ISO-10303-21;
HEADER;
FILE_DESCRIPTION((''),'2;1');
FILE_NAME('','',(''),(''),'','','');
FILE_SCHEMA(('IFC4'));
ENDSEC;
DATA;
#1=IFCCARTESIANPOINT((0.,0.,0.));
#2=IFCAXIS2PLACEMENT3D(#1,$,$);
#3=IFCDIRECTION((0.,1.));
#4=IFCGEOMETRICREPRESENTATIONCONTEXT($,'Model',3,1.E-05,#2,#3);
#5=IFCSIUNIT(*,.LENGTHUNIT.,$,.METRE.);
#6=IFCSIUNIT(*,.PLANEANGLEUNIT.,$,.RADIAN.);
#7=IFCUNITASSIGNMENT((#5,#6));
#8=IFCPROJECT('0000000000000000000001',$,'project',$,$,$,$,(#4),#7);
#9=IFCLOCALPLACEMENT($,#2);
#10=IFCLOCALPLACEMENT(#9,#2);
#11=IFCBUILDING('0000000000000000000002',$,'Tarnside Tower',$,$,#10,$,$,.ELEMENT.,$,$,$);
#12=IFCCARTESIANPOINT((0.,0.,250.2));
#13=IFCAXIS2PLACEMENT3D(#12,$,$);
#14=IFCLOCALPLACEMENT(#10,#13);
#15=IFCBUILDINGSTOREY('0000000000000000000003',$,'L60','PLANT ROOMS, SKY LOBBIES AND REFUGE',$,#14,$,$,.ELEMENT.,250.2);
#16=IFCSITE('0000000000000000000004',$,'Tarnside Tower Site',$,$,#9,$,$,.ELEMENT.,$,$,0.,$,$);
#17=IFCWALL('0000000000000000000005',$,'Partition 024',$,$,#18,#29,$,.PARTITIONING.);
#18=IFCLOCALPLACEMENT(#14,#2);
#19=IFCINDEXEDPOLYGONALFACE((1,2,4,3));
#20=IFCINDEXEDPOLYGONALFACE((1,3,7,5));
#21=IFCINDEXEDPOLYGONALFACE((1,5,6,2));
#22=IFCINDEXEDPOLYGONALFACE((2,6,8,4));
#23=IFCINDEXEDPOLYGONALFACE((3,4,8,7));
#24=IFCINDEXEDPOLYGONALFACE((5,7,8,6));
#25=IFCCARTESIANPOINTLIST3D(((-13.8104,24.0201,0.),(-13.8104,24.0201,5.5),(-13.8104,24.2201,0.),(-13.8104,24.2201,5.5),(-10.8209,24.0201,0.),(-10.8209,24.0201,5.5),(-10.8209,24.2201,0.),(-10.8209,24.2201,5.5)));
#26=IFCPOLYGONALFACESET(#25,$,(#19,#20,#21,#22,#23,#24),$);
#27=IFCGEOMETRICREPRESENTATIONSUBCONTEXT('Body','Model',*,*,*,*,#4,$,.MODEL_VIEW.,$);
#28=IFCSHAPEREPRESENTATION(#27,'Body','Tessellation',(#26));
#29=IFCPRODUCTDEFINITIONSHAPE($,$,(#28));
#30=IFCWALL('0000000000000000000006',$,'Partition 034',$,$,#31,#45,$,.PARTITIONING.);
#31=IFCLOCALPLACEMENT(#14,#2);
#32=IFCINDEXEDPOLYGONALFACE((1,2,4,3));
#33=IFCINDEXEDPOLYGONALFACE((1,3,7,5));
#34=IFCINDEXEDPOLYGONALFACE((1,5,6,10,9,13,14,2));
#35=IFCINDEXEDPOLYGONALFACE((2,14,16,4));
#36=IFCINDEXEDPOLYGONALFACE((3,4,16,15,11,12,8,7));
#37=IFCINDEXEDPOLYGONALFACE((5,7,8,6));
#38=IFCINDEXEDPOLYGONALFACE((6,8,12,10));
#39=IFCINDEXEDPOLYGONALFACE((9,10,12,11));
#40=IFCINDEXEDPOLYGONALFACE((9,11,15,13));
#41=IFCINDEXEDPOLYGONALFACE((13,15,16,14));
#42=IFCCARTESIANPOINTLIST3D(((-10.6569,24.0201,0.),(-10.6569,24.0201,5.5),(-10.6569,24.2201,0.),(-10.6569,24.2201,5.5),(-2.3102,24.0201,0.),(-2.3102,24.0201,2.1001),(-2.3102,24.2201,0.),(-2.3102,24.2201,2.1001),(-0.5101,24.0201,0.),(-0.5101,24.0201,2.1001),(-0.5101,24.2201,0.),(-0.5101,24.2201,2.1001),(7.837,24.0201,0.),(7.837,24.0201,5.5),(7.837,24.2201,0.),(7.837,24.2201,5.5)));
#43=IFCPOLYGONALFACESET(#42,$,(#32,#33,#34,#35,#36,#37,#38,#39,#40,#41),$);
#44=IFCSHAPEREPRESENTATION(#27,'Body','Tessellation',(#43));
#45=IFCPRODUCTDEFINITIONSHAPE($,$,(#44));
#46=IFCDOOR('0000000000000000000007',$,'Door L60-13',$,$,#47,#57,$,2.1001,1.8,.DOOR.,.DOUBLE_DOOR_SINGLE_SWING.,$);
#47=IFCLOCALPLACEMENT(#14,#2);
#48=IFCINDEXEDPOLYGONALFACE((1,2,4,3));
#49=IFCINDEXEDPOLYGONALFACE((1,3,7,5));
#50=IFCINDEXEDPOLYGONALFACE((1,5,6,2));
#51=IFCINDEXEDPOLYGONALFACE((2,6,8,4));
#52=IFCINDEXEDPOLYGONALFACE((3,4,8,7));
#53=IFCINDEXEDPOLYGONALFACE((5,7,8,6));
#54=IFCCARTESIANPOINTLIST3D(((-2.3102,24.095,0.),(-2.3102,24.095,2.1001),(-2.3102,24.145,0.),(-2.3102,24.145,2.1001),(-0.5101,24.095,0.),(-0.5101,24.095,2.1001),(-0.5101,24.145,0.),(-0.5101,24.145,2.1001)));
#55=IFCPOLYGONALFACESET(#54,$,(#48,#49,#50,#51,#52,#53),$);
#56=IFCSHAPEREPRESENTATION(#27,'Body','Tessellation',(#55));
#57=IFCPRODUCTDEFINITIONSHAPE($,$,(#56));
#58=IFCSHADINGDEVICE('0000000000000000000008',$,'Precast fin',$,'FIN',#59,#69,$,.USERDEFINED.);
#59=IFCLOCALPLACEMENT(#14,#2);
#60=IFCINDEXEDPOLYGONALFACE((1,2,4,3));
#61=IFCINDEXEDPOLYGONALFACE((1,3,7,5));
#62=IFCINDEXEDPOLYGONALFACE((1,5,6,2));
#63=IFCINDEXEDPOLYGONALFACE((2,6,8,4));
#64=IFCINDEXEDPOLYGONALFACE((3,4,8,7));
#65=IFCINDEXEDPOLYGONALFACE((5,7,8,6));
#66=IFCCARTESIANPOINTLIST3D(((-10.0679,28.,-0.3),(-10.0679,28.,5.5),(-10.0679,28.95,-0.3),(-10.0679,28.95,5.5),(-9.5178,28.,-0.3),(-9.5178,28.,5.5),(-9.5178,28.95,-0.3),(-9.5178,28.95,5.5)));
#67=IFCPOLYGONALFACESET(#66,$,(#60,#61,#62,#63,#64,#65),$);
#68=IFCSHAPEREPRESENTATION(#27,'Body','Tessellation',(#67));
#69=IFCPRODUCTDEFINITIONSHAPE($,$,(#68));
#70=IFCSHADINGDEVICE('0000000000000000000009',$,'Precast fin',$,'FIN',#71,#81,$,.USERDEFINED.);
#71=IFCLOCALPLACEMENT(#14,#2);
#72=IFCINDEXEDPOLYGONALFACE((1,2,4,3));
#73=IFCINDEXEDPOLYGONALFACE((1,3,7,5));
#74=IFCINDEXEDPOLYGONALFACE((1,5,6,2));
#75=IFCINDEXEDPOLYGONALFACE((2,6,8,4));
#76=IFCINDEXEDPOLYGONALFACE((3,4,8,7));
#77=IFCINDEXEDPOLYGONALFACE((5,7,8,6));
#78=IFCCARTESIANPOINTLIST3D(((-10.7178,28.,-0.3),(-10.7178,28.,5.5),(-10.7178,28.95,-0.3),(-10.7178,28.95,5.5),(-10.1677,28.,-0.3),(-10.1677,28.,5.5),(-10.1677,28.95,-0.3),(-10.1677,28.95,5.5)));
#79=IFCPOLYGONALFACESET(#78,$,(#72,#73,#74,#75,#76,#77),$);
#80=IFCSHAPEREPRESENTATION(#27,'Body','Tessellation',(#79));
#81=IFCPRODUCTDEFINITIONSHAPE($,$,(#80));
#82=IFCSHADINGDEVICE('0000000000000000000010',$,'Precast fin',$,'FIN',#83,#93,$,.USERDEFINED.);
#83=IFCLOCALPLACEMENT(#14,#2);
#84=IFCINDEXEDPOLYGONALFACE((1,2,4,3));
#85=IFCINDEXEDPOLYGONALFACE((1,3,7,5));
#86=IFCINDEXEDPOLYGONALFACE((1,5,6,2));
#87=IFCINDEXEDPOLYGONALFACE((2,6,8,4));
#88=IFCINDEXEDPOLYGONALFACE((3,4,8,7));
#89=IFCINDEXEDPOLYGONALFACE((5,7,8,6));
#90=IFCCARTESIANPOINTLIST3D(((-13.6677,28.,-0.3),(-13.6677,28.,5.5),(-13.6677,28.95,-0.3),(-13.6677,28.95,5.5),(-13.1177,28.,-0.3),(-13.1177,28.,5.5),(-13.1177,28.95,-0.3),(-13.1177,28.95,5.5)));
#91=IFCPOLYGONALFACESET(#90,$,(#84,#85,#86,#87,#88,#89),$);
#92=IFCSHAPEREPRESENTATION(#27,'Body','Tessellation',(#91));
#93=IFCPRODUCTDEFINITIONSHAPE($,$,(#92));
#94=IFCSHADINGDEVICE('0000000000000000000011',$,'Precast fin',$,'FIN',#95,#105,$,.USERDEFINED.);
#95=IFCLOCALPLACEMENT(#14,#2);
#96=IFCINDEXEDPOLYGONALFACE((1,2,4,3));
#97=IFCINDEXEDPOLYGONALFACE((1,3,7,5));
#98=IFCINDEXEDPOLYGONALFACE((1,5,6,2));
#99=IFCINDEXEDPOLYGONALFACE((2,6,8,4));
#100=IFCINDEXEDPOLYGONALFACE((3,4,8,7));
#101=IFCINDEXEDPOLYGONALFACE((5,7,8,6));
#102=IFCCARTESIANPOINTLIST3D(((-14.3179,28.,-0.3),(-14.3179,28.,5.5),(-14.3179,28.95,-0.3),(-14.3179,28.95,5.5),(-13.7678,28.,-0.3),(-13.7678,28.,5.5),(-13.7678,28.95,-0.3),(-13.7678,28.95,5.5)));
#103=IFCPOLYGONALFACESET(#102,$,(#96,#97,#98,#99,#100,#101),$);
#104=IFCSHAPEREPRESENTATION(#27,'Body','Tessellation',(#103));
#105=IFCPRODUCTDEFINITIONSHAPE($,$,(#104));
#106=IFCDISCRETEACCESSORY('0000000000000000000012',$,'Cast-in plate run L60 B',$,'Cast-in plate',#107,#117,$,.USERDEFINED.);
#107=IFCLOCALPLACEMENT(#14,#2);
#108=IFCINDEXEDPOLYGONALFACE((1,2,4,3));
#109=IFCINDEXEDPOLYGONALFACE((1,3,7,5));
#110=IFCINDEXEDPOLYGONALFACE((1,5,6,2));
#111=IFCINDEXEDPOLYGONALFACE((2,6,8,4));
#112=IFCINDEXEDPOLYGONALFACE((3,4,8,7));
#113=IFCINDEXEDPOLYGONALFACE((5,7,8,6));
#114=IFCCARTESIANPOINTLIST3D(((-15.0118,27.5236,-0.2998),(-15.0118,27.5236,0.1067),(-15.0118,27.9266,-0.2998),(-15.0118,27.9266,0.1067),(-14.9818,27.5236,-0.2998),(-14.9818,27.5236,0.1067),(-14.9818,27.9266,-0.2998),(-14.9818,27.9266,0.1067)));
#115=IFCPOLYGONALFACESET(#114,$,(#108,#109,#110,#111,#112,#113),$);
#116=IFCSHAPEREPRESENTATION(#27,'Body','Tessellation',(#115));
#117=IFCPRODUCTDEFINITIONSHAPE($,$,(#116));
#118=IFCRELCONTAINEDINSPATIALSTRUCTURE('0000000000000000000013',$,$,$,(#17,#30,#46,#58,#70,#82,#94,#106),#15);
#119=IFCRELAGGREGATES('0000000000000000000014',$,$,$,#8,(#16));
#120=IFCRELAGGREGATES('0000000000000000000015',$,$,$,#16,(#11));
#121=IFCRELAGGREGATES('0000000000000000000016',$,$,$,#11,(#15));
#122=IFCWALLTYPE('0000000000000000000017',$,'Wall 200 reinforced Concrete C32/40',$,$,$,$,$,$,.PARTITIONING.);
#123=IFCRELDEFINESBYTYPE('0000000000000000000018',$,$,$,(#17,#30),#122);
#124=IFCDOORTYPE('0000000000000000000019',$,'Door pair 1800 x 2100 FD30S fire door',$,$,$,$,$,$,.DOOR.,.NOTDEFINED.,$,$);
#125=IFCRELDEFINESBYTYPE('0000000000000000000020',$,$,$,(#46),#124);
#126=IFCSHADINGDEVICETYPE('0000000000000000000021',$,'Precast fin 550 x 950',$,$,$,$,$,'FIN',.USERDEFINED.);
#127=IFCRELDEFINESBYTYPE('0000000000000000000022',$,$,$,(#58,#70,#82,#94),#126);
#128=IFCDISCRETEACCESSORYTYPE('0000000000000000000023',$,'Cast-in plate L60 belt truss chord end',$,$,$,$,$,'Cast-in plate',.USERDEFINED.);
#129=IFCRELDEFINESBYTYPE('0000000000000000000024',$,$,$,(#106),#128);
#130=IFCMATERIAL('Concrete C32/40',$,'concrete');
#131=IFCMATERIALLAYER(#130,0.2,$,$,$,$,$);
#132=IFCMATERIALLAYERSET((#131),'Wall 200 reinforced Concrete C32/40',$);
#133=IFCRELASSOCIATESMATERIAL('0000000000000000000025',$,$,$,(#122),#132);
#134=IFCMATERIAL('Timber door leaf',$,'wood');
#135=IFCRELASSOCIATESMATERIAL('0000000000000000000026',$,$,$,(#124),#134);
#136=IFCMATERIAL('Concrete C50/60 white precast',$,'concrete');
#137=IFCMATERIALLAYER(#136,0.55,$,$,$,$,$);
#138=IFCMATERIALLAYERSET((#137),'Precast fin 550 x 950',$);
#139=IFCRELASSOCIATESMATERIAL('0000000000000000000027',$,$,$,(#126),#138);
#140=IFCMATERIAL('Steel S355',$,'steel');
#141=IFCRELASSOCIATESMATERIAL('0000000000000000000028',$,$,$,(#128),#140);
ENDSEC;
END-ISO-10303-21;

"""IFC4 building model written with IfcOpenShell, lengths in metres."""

from ifc_helpers import new_model, si_unit, direction, frame, frame_2d, origin, origin_2d, place, context, subcontext, project, spatial, polyline, rectangle, outline, extrude, material, layer, layer_set, type_object, element, fill, save


model = new_model("IFC4")

# Units and contexts
model_context = context("Model", 3, precision=1e-05, world=origin(), true_north=direction((0.0, 1.0)))
body_context = subcontext(model_context, "Body", "Model", "MODEL_VIEW")
ifc_project = project(units=[si_unit("LENGTHUNIT", "METRE"), si_unit("PLANEANGLEUNIT", "RADIAN")], contexts=[model_context])

# Site, building, storey
site_placement = place(None, origin())
site = spatial("IfcSite", under=ifc_project, at=site_placement, Name="Tarnside Tower Site", CompositionType="ELEMENT", RefElevation=0.0)
building_placement = place(site_placement, origin())
building = spatial("IfcBuilding", under=site, at=building_placement, Name="Tarnside Tower", CompositionType="ELEMENT")
storey_placement = place(building_placement, frame((0.0, 0.0, 250.2)))
storey = spatial("IfcBuildingStorey", under=building, at=storey_placement, Name="L60", Description="PLANT ROOMS, SKY LOBBIES AND REFUGE", CompositionType="ELEMENT", Elevation=250.2)

# Shared definitions
ifc_material_1 = material(Name="Steel S355", Category="steel")

# Shared definitions
ifc_material_2 = material(Name="Concrete C32/40", Category="concrete")
ifc_layer_1 = layer(ifc_material_2, 0.2)
ifc_layer_set_1 = layer_set([ifc_layer_1], Name="Wall 200 reinforced Concrete C32/40")
wall_type_1 = type_object("IfcWallType", Name="Wall 200 reinforced Concrete C32/40", PredefinedType="PARTITIONING", material=ifc_layer_set_1)
ifc_material_3 = material(Name="Timber door leaf", Category="wood")
door_type = type_object("IfcDoorType", Name="Door pair 1800 x 2100 FD30S fire door", OperationType="NOTDEFINED", PredefinedType="DOOR", material=ifc_material_3)

# Wall
wall_1_placement = place(storey_placement, frame((-10.821, 24.1201, 0.0), z_axis=(0.0, 0.0, 1.0), x_axis=(-1.0, 0.0, 0.0)))
element("IfcWall", 1, at=wall_1_placement, inside=storey, type_object=wall_type_1, Name="Partition 024", PredefinedType="PARTITIONING", context=body_context, shape_type="SweptSolid", body=[
    extrude(rectangle(XDim=2.9895, YDim=0.2, at=frame_2d((1.4946, 0.0))), origin(), (0.0, 0.0, 1.0), 5.5),
])

# Wall, opening, door
wall_2_placement = place(storey_placement, frame((-10.657, 24.1201, 0.0), z_axis=(0.0, 0.0, 1.0), x_axis=(1.0, 0.0, 0.0)))
wall_2 = element("IfcWall", 2, at=wall_2_placement, inside=storey, type_object=wall_type_1, Name="Partition 034", PredefinedType="PARTITIONING", context=body_context, shape_type="SweptSolid", body=[
    extrude(rectangle(XDim=18.4939, YDim=0.2, at=frame_2d((9.2471, 0.0))), origin(), (0.0, 0.0, 1.0), 5.5),
])
opening_1_placement = place(wall_2_placement, frame((8.3469, 0.0, 0.0)))
opening_1 = element("IfcOpeningElement", 3, at=opening_1_placement, cuts=wall_2, PredefinedType="OPENING", context=body_context, shape_type="SweptSolid", body=[
    extrude(rectangle(XDim=1.8, YDim=2.1001, at=frame_2d((0.8999, 1.05))), frame((0.0, 0.1099, 0.0), z_axis=(0.0, -1.0, 0.0), x_axis=(1.0, 0.0, 0.0)), (0.0, 0.0, 1.0), 0.22),
])
door_1_placement = place(opening_1_placement, origin())
door_1 = element("IfcDoor", 4, at=door_1_placement, inside=storey, type_object=door_type, Name="Door L60-13", OperationType="DOUBLE_DOOR_SINGLE_SWING", OverallHeight=2.1001, OverallWidth=1.8, PredefinedType="DOOR", context=body_context, shape_type="SweptSolid", body=[
    extrude(rectangle(XDim=1.8, YDim=2.1001, at=frame_2d((0.8999, 1.05))), frame((0.0, 0.0249, 0.0), z_axis=(0.0, -1.0, 0.0), x_axis=(1.0, 0.0, 0.0)), (0.0, 0.0, 1.0), 0.05),
])
fill(opening_1, door_1)

# Shading devices
ifc_material_4 = material(Name="Concrete C50/60 white precast", Category="concrete")
ifc_layer_2 = layer(ifc_material_4, 0.55)
ifc_layer_set_2 = layer_set([ifc_layer_2], Name="Precast fin 550 x 950")
shading_device_type = type_object("IfcShadingDeviceType", Name="Precast fin 550 x 950", ElementType="FIN", PredefinedType="USERDEFINED", material=ifc_layer_set_2)
for number, where, z_axis, x_axis, name in (
    (5, (-9.793, 28.0, -0.3), (1.0, 0.0, 0.0), (0.0, 1.0, 0.0), "Precast fin"),
    (6, (-10.4429, 28.0, -0.3), (1.0, 0.0, 0.0), (0.0, 1.0, 0.0), "Precast fin"),
    (7, (-13.3928, 28.0, -0.3), (1.0, 0.0, 0.0), (0.0, 1.0, 0.0), "Precast fin"),
    (8, (-14.043, 28.0, -0.3), (1.0, 0.0, 0.0), (0.0, 1.0, 0.0), "Precast fin"),
):
    element("IfcShadingDevice", number, at=place(storey_placement, frame(where, z_axis=z_axis, x_axis=x_axis)), inside=storey, type_object=shading_device_type, Name=name, ObjectType="FIN", PredefinedType="USERDEFINED", context=body_context, shape_type="SweptSolid", body=[
        extrude(outline(polyline([(0.0, 0.0), (0.95, 0.0), (0.95, 5.8), (0.0, 5.8), (0.0, 0.0)])), frame((0.0, 0.0, -0.2749)), (0.0, 0.0, 1.0), 0.55),
    ])

# Discrete accessory
discrete_accessory_type = type_object("IfcDiscreteAccessoryType", Name="Cast-in plate L60 belt truss chord end", ElementType="Cast-in plate", PredefinedType="USERDEFINED", material=ifc_material_1)
discrete_accessory_placement = place(storey_placement, frame((-14.9968, 27.7251, -0.2998), z_axis=(0.0, 0.0, 1.0), x_axis=(-1.0, 0.0, 0.0)))
element("IfcDiscreteAccessory", 9, at=discrete_accessory_placement, inside=storey, type_object=discrete_accessory_type, Name="Cast-in plate run L60 B", ObjectType="Cast-in plate", PredefinedType="USERDEFINED", context=body_context, shape_type="SweptSolid", body=[
    extrude(rectangle(XDim=0.03, YDim=0.4031, at=origin_2d()), origin(), (0.0, 0.0, 1.0), 0.4065),
])

save(model, "model.ifc")
